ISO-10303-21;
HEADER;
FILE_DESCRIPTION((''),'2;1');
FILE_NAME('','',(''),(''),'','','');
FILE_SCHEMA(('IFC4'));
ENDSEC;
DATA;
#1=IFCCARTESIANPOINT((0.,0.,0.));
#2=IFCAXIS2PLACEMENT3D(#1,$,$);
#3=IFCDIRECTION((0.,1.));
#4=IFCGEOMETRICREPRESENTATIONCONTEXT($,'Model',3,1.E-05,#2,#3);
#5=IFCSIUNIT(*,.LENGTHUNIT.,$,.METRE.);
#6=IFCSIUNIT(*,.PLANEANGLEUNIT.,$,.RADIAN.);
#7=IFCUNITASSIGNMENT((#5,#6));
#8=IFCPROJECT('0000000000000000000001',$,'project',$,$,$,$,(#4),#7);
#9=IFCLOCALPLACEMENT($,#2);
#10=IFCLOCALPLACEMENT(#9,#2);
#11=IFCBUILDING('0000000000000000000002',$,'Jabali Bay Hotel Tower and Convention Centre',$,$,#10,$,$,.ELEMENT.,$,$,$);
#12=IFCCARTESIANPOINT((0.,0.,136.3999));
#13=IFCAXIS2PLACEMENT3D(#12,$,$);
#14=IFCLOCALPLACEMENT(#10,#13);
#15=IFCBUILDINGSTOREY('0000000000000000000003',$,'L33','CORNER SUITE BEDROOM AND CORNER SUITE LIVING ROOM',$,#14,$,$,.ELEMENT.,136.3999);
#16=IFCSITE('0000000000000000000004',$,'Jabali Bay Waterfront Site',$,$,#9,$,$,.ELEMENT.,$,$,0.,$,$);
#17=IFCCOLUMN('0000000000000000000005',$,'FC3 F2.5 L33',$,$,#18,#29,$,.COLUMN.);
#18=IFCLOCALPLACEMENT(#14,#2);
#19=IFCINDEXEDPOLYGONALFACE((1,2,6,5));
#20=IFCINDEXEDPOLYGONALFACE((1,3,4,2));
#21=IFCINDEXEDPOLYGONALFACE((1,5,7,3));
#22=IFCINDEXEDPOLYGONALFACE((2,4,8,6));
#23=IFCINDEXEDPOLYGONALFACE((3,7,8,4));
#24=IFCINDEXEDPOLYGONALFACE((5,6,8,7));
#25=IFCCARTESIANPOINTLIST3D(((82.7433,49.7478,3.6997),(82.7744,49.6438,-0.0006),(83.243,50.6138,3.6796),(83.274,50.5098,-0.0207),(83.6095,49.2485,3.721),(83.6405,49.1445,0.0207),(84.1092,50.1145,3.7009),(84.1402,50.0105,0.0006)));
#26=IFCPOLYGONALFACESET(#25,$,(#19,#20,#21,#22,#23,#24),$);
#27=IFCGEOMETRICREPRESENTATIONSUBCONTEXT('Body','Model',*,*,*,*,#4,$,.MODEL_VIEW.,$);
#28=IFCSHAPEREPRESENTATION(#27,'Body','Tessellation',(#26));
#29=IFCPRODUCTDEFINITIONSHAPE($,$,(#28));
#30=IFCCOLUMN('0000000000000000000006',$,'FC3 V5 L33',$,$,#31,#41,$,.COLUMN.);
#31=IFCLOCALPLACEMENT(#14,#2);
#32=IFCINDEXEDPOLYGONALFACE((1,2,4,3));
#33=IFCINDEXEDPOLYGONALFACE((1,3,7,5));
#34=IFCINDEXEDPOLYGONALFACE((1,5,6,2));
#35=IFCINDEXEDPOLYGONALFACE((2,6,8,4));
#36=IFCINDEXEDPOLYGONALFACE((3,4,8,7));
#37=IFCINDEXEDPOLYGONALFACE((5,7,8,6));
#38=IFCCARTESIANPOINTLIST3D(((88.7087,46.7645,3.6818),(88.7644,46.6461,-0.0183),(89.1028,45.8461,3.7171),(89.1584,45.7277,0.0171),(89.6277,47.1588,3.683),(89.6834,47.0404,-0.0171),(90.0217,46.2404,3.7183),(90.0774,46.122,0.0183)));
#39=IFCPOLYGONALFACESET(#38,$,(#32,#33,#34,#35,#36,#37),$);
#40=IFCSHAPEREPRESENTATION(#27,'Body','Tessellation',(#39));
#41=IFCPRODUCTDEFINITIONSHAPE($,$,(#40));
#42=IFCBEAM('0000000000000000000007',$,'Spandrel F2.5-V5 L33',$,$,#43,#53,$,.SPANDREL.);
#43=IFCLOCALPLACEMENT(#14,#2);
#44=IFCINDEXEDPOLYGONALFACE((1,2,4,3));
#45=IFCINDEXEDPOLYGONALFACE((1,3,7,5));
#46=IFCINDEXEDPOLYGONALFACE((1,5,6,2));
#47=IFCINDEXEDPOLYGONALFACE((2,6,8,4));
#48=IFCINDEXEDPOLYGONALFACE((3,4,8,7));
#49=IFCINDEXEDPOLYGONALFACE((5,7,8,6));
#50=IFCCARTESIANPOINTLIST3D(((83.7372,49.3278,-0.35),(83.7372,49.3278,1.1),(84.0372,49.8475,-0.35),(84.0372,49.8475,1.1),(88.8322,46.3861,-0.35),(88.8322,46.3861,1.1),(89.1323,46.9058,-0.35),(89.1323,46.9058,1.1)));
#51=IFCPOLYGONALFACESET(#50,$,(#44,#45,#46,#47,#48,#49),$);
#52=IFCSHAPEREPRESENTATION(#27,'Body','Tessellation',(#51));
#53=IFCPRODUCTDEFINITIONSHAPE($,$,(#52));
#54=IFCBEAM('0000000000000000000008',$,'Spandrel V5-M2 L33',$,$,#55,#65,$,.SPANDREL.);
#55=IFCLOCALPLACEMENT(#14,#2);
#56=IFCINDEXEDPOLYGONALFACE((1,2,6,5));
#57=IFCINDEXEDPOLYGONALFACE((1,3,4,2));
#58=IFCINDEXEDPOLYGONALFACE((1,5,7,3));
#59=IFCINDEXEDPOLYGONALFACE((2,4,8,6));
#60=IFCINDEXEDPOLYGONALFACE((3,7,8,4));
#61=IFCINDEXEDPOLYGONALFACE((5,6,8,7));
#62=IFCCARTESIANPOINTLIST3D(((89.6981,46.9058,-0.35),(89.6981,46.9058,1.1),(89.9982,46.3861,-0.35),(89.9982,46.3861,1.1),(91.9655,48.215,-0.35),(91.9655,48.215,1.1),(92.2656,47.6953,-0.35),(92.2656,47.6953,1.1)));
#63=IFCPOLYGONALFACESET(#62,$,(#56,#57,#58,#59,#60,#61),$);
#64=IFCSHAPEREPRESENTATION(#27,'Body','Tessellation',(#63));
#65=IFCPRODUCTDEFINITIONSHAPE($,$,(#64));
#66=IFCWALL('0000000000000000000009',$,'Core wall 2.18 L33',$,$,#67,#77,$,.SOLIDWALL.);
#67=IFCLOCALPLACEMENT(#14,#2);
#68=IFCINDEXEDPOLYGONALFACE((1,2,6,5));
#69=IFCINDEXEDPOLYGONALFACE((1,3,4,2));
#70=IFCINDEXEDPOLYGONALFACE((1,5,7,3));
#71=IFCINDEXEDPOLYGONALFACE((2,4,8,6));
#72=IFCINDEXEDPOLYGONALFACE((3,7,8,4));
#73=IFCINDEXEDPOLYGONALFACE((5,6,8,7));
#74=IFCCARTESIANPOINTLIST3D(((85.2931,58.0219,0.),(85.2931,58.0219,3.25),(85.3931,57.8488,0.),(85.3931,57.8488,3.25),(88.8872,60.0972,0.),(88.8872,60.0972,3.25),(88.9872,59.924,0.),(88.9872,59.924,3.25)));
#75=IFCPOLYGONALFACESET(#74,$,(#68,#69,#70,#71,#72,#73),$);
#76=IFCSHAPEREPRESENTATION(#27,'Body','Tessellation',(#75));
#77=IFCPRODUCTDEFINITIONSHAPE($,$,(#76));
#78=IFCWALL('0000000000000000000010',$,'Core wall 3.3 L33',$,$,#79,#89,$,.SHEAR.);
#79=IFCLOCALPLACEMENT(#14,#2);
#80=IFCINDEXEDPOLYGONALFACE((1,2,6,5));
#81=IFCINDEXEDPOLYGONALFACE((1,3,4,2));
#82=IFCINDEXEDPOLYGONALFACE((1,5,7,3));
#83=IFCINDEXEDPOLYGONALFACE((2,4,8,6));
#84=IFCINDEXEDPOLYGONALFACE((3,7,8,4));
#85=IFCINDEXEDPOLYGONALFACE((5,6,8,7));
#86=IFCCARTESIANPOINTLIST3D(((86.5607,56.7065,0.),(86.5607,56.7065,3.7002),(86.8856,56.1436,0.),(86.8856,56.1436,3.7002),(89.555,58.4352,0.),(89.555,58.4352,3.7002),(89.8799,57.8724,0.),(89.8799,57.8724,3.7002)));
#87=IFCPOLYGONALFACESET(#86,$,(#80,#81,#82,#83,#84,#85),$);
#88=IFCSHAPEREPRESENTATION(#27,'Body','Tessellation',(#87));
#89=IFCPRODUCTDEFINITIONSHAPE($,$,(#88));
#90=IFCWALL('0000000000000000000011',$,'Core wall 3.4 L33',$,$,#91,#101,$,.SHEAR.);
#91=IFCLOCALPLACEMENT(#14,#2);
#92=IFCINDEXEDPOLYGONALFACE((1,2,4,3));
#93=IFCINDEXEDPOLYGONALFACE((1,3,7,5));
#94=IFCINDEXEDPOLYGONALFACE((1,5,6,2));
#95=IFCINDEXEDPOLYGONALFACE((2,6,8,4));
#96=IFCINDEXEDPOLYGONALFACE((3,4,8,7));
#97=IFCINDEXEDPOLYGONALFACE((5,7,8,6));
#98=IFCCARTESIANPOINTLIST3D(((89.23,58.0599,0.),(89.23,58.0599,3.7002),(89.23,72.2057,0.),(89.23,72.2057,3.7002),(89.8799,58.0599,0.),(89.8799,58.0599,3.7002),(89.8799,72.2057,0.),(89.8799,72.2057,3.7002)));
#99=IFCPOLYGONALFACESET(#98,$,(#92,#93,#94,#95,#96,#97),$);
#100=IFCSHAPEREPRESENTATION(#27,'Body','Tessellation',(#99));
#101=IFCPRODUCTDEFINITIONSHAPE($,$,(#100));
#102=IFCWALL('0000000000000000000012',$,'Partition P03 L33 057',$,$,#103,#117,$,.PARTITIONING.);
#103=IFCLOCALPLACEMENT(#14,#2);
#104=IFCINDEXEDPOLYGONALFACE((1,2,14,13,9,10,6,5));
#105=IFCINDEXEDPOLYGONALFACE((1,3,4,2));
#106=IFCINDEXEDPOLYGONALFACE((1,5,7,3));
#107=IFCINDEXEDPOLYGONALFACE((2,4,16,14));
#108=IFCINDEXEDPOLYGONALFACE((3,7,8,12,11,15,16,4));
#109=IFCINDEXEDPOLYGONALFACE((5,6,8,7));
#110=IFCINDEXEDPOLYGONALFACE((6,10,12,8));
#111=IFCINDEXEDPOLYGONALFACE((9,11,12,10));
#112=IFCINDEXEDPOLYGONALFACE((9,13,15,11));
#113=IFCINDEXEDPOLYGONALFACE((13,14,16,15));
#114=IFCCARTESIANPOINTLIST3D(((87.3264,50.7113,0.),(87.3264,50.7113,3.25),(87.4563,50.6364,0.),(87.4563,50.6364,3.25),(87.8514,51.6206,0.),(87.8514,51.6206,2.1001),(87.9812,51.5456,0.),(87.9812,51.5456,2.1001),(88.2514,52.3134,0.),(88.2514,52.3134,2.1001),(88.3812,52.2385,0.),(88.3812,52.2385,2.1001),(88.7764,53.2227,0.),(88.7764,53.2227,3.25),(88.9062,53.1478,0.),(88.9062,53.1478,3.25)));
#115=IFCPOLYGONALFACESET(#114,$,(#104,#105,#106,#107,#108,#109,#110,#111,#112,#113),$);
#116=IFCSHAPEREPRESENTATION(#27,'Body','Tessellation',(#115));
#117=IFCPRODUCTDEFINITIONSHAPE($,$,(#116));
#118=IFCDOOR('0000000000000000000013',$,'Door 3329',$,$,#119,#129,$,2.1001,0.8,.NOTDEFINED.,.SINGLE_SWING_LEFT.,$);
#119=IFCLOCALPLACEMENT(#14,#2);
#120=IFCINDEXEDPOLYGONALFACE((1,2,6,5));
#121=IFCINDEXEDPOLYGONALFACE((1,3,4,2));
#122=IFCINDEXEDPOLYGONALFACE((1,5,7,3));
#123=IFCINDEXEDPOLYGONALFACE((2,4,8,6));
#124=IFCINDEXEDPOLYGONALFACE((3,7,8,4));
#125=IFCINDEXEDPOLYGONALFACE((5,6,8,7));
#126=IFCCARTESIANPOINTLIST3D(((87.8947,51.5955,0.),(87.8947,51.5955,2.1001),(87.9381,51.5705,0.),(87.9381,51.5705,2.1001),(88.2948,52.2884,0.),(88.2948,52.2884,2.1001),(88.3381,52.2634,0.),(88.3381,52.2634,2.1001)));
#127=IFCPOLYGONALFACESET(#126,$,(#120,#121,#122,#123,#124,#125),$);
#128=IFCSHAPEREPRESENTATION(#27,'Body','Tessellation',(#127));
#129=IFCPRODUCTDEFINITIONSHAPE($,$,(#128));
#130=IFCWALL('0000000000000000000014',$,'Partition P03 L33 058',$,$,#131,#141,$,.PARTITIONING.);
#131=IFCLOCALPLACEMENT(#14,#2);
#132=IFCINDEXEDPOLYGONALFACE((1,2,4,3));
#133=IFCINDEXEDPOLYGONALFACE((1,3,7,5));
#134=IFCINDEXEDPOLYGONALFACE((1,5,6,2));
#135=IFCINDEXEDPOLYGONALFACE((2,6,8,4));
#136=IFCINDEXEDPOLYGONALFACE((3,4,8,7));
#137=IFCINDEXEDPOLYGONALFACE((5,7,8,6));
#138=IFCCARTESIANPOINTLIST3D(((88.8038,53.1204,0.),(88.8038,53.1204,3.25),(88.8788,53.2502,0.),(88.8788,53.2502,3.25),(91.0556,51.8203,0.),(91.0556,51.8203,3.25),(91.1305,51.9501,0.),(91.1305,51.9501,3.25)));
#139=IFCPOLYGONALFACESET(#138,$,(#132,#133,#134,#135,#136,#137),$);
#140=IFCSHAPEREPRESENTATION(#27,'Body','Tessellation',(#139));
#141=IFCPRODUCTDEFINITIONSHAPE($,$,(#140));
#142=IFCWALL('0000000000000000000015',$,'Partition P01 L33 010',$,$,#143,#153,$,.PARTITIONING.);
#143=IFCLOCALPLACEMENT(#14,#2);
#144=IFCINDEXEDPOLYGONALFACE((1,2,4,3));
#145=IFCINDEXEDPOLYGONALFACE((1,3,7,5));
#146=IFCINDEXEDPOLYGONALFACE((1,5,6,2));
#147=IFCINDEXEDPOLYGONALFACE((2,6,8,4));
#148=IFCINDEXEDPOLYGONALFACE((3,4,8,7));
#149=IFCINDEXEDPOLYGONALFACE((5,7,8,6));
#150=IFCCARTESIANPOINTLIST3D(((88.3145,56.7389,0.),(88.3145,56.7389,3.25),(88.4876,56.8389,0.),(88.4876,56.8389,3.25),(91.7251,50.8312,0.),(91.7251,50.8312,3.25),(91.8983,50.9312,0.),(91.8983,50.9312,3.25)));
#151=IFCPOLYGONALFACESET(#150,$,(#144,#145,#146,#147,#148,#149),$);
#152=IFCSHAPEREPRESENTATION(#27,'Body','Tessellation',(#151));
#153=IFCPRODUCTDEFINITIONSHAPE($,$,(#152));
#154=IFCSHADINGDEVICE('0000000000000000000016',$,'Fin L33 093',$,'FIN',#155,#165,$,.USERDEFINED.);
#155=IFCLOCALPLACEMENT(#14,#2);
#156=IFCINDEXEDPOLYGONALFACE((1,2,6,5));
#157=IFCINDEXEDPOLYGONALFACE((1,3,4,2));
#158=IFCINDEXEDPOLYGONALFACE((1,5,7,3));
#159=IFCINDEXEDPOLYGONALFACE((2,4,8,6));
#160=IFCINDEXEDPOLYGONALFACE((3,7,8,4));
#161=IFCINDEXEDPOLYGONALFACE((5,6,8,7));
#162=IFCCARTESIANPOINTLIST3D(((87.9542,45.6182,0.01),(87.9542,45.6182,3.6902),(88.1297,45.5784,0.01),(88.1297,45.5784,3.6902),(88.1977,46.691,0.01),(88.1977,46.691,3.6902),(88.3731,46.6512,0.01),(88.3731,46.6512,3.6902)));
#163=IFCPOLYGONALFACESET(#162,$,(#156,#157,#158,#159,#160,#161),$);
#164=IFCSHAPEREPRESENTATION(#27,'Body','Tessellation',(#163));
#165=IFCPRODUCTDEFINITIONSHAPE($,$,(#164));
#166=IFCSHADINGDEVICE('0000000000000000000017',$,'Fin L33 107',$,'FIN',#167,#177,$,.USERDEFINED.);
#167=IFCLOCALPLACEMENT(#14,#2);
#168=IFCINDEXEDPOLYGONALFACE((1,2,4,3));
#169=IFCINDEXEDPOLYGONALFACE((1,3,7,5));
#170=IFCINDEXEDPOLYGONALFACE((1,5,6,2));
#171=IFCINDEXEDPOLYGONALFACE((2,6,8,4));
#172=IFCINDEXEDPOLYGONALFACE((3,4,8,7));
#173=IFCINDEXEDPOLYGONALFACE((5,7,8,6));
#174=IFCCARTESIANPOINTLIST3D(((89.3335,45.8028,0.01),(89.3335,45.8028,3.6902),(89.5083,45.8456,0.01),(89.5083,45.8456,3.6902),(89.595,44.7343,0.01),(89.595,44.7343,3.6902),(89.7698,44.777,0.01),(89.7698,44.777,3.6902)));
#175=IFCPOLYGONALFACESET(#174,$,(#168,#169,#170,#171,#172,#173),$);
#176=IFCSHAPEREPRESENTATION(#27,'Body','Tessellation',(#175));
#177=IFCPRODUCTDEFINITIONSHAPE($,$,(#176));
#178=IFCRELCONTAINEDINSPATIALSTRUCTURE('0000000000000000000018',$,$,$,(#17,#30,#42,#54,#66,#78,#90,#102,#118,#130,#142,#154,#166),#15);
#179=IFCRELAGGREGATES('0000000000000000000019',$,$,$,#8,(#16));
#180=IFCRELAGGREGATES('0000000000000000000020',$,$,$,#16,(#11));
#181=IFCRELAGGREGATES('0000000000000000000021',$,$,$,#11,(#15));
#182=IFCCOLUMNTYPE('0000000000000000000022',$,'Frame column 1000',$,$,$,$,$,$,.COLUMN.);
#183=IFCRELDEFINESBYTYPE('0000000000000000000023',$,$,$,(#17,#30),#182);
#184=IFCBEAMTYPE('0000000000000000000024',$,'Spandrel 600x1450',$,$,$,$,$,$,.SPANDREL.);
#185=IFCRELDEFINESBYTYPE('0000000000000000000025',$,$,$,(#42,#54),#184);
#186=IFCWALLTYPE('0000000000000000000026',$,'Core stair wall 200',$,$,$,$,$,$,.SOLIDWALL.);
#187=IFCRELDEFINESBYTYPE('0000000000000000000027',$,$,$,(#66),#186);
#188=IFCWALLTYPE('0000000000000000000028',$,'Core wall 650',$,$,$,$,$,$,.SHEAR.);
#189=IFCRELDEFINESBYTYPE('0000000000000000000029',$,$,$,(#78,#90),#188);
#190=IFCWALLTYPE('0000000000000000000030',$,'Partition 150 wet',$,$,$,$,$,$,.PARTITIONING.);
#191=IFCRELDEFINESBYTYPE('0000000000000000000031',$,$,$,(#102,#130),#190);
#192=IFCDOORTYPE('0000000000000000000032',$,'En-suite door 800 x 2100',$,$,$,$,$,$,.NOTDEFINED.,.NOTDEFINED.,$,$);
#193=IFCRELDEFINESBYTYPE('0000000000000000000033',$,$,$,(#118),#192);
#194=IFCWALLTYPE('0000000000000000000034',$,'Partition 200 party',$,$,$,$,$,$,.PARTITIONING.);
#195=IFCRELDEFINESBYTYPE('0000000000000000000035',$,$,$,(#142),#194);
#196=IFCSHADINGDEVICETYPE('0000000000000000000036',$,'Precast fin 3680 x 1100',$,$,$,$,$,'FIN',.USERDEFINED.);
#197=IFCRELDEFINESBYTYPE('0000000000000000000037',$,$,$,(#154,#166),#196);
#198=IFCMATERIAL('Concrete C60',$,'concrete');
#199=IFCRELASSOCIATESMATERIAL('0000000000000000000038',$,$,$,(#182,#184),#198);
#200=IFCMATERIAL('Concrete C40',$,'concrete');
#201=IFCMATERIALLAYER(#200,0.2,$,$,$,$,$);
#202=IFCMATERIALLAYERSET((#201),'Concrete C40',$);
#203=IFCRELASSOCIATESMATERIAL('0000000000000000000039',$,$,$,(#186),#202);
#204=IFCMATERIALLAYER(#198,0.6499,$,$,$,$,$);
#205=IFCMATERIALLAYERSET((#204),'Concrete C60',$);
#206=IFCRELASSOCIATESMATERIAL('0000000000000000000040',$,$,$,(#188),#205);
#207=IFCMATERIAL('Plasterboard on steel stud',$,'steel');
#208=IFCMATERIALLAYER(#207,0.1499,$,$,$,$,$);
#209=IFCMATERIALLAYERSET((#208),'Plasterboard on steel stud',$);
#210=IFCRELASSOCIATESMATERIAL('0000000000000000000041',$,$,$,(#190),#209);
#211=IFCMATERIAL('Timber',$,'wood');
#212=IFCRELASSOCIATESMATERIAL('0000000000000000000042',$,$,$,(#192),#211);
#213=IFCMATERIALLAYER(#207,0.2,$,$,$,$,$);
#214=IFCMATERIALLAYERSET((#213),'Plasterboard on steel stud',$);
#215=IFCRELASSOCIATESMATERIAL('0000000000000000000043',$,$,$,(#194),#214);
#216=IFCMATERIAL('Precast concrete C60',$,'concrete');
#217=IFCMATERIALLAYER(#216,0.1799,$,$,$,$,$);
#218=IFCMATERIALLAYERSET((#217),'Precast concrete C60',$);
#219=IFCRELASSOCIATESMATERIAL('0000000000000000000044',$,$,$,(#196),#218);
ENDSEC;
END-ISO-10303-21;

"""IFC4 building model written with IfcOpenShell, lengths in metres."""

from ifc_helpers import new_model, si_unit, direction, frame, frame_2d, origin, origin_2d, place, context, subcontext, project, spatial, rectangle, extrude, material, layer, layer_set, material_profile, profile_set, type_object, element, fill, save


model = new_model("IFC4")

# Units and contexts
model_context = context("Model", 3, precision=1e-05, world=origin(), true_north=direction((0.0, 1.0)))
body_context = subcontext(model_context, "Body", "Model", "MODEL_VIEW")
ifc_project = project(units=[si_unit("LENGTHUNIT", "METRE"), si_unit("PLANEANGLEUNIT", "RADIAN")], contexts=[model_context])

# Site, building, storey
site_placement = place(None, origin())
site = spatial("IfcSite", under=ifc_project, at=site_placement, Name="Jabali Bay Waterfront Site", CompositionType="ELEMENT", RefElevation=0.0)
building_placement = place(site_placement, origin())
building = spatial("IfcBuilding", under=site, at=building_placement, Name="Jabali Bay Hotel Tower and Convention Centre", CompositionType="ELEMENT")
storey_placement = place(building_placement, frame((0.0, 0.0, 136.3999)))
storey = spatial("IfcBuildingStorey", under=building, at=storey_placement, Name="L33", Description="CORNER SUITE BEDROOM AND CORNER SUITE LIVING ROOM", CompositionType="ELEMENT", Elevation=136.3999)

# Columns
ifc_material_1 = material(Name="Concrete C60", Category="concrete")
ifc_material_profile_1 = material_profile(ifc_material_1, rectangle(XDim=1.0, YDim=1.0, at=origin_2d()), Name="Frame column 1000")
ifc_profile_set_1 = profile_set([ifc_material_profile_1], Name="Concrete C60")
column_type = type_object("IfcColumnType", Name="Frame column 1000", PredefinedType="COLUMN", material=ifc_profile_set_1)
column_1_placement = place(storey_placement, frame((83.4573, 49.8271, 0.0), z_axis=(-0.008376, 0.028096, 0.99957), x_axis=(-0.499672, -0.86598, 0.020154)))
element("IfcColumn", 1, at=column_1_placement, inside=storey, type_object=column_type, Name="FC3 F2.5 L33", PredefinedType="COLUMN", context=body_context, shape_type="SweptSolid", body=[
    extrude(rectangle(XDim=1.0, YDim=1.0, at=origin_2d()), origin(), (0.0, 0.0, 1.0), 3.7019),
])
column_2_placement = place(storey_placement, frame((89.4209, 46.384, 0.0), z_axis=(-0.015034, 0.031981, 0.999375), x_axis=(0.394048, -0.918411, 0.035318)))
element("IfcColumn", 2, at=column_2_placement, inside=storey, type_object=column_type, Name="FC3 V5 L33", PredefinedType="COLUMN", context=body_context, shape_type="SweptSolid", body=[
    extrude(rectangle(XDim=1.0, YDim=1.0, at=origin_2d()), origin(), (0.0, 0.0, 1.0), 3.7024),
])

# Beams
ifc_material_profile_2 = material_profile(ifc_material_1, rectangle(XDim=0.6001, YDim=1.45, at=origin_2d()), Name="Spandrel 600x1450")
ifc_profile_set_2 = profile_set([ifc_material_profile_2], Name="Concrete C60")
beam_type = type_object("IfcBeamType", Name="Spandrel 600x1450", PredefinedType="SPANDREL", material=ifc_profile_set_2)
beam_1_placement = place(storey_placement, frame((83.8872, 49.5876, 0.375), z_axis=(0.86602, -0.500009, 0.0), x_axis=(0.500009, 0.86602, 0.0)))
element("IfcBeam", 3, at=beam_1_placement, inside=storey, type_object=beam_type, Name="Spandrel F2.5-V5 L33", PredefinedType="SPANDREL", context=body_context, shape_type="SweptSolid", body=[
    extrude(rectangle(XDim=0.6001, YDim=1.45, at=origin_2d()), origin(), (0.0, 0.0, 1.0), 5.8833),
])
beam_2_placement = place(storey_placement, frame((89.8481, 46.646, 0.375), z_axis=(0.866019, 0.50001, 0.0), x_axis=(-0.50001, 0.866019, 0.0)))
element("IfcBeam", 4, at=beam_2_placement, inside=storey, type_object=beam_type, Name="Spandrel V5-M2 L33", PredefinedType="SPANDREL", context=body_context, shape_type="SweptSolid", body=[
    extrude(rectangle(XDim=0.6001, YDim=1.45, at=origin_2d()), origin(), (0.0, 0.0, 1.0), 2.6182),
])

# Walls
ifc_material_2 = material(Name="Concrete C40", Category="concrete")
ifc_layer_1 = layer(ifc_material_2, 0.2)
ifc_layer_set_1 = layer_set([ifc_layer_1], Name="Concrete C40")
wall_type_1 = type_object("IfcWallType", Name="Core stair wall 200", PredefinedType="SOLIDWALL", material=ifc_layer_set_1)
wall_1_placement = place(storey_placement, frame((85.343, 57.9353, 0.0), z_axis=(0.0, 0.0, 1.0), x_axis=(0.866004, 0.500036, 0.0)))
element("IfcWall", 5, at=wall_1_placement, inside=storey, type_object=wall_type_1, Name="Core wall 2.18 L33", PredefinedType="SOLIDWALL", context=body_context, shape_type="SweptSolid", body=[
    extrude(rectangle(XDim=4.1501, YDim=0.2, at=frame_2d((2.0752, 0.0))), origin(), (0.0, 0.0, 1.0), 3.25),
])
ifc_layer_2 = layer(ifc_material_1, 0.6499)
ifc_layer_set_2 = layer_set([ifc_layer_2], Name="Concrete C60")
wall_type_2 = type_object("IfcWallType", Name="Core wall 650", PredefinedType="SHEAR", material=ifc_layer_set_2)
wall_2_placement = place(storey_placement, frame((86.7231, 56.425, 0.0), z_axis=(0.0, 0.0, 1.0), x_axis=(0.866032, 0.499989, 0.0)))
element("IfcWall", 6, at=wall_2_placement, inside=storey, type_object=wall_type_2, Name="Core wall 3.3 L33", PredefinedType="SHEAR", context=body_context, shape_type="SweptSolid", body=[
    extrude(rectangle(XDim=3.4575, YDim=0.6499, at=frame_2d((1.7288, 0.0))), origin(), (0.0, 0.0, 1.0), 3.7002),
])
wall_3_placement = place(storey_placement, frame((89.5549, 58.0601, 0.0), z_axis=(0.0, 0.0, 1.0), x_axis=(0.0, 1.0, 0.0)))
element("IfcWall", 7, at=wall_3_placement, inside=storey, type_object=wall_type_2, Name="Core wall 3.4 L33", PredefinedType="SHEAR", context=body_context, shape_type="SweptSolid", body=[
    extrude(rectangle(XDim=14.1458, YDim=0.6499, at=frame_2d((7.0728, 0.0))), origin(), (0.0, 0.0, 1.0), 3.7002),
])

# Wall, opening, door
ifc_material_3 = material(Name="Plasterboard on steel stud", Category="steel")
ifc_layer_3 = layer(ifc_material_3, 0.1499)
ifc_layer_set_3 = layer_set([ifc_layer_3], Name="Plasterboard on steel stud")
wall_type_3 = type_object("IfcWallType", Name="Partition 150 wet", PredefinedType="PARTITIONING", material=ifc_layer_set_3)
wall_4_placement = place(storey_placement, frame((87.3914, 50.6738, 0.0), z_axis=(0.0, 0.0, 1.0), x_axis=(0.499987, 0.866033, 0.0)))
wall_4 = element("IfcWall", 8, at=wall_4_placement, inside=storey, type_object=wall_type_3, Name="Partition P03 L33 057", PredefinedType="PARTITIONING", context=body_context, shape_type="SweptSolid", body=[
    extrude(rectangle(XDim=2.8999, YDim=0.1499, at=frame_2d((1.45, 0.0))), origin(), (0.0, 0.0, 1.0), 3.25),
])
opening_1_placement = place(wall_4_placement, frame((1.05, 0.0, 0.0)))
opening_1 = element("IfcOpeningElement", 9, at=opening_1_placement, cuts=wall_4, PredefinedType="OPENING", context=body_context, shape_type="SweptSolid", body=[
    extrude(rectangle(XDim=0.8, YDim=2.1001, at=frame_2d((0.3999, 1.05))), frame((0.0, 0.0854, 0.0), z_axis=(0.0, -1.0, 0.0), x_axis=(1.0, 0.0, 0.0)), (0.0, 0.0, 1.0), 0.1709),
])
ifc_material_4 = material(Name="Timber", Category="wood")
door_type_1 = type_object("IfcDoorType", Name="En-suite door 800 x 2100", OperationType="NOTDEFINED", PredefinedType="NOTDEFINED", material=ifc_material_4)
door_1_placement = place(opening_1_placement, origin())
door_1 = element("IfcDoor", 10, at=door_1_placement, inside=storey, type_object=door_type_1, Name="Door 3329", OperationType="SINGLE_SWING_LEFT", OverallHeight=2.1001, OverallWidth=0.8, PredefinedType="NOTDEFINED", context=body_context, shape_type="SweptSolid", body=[
    extrude(rectangle(XDim=0.8, YDim=2.1001, at=frame_2d((0.3999, 1.05))), frame((0.0, 0.0249, 0.0), z_axis=(0.0, -1.0, 0.0), x_axis=(1.0, 0.0, 0.0)), (0.0, 0.0, 1.0), 0.05),
])
fill(opening_1, door_1)

# Walls
wall_5_placement = place(storey_placement, frame((88.8413, 53.1853, 0.0), z_axis=(0.0, 0.0, 1.0), x_axis=(0.866021, -0.500007, 0.0)))
element("IfcWall", 11, at=wall_5_placement, inside=storey, type_object=wall_type_3, Name="Partition P03 L33 058", PredefinedType="PARTITIONING", context=body_context, shape_type="SweptSolid", body=[
    extrude(rectangle(XDim=2.6001, YDim=0.1499, at=frame_2d((1.3, 0.0))), origin(), (0.0, 0.0, 1.0), 3.25),
])
ifc_layer_4 = layer(ifc_material_3, 0.2)
ifc_layer_set_4 = layer_set([ifc_layer_4], Name="Plasterboard on steel stud")
wall_type_4 = type_object("IfcWallType", Name="Partition 200 party", PredefinedType="PARTITIONING", material=ifc_layer_set_4)
wall_6_placement = place(storey_placement, frame((88.4011, 56.7888, 0.0), z_axis=(0.0, 0.0, 1.0), x_axis=(0.499981, -0.866037, 0.0)))
element("IfcWall", 12, at=wall_6_placement, inside=storey, type_object=wall_type_4, Name="Partition P01 L33 010", PredefinedType="PARTITIONING", context=body_context, shape_type="SweptSolid", body=[
    extrude(rectangle(XDim=6.8215, YDim=0.2, at=frame_2d((3.4106, 0.0))), origin(), (0.0, 0.0, 1.0), 3.25),
])

# Shading devices
ifc_material_5 = material(Name="Precast concrete C60", Category="concrete")
ifc_layer_5 = layer(ifc_material_5, 0.1799)
ifc_layer_set_5 = layer_set([ifc_layer_5], Name="Precast concrete C60")
shading_device_type_1 = type_object("IfcShadingDeviceType", Name="Precast fin 3680 x 1100", ElementType="FIN", PredefinedType="USERDEFINED", material=ifc_layer_set_5)
for number, where, z_axis, x_axis, name in (
    (13, (88.2854, 46.6711, 0.01), (0.0, 0.0, 1.0), (-0.221276, -0.975211, 0.0), "Fin L33 093"),
    (14, (89.4209, 45.8242, 0.01), (0.0, 0.0, 1.0), (0.237676, -0.971344, 0.0), "Fin L33 107"),
):
    element("IfcShadingDevice", number, at=place(storey_placement, frame(where, z_axis=z_axis, x_axis=x_axis)), inside=storey, type_object=shading_device_type_1, Name=name, ObjectType="FIN", PredefinedType="USERDEFINED", context=body_context, shape_type="SweptSolid", body=[
        extrude(rectangle(XDim=1.1001, YDim=0.1799, at=frame_2d((0.55, 0.0))), origin(), (0.0, 0.0, 1.0), 3.6802),
    ])

save(model, "model.ifc")
